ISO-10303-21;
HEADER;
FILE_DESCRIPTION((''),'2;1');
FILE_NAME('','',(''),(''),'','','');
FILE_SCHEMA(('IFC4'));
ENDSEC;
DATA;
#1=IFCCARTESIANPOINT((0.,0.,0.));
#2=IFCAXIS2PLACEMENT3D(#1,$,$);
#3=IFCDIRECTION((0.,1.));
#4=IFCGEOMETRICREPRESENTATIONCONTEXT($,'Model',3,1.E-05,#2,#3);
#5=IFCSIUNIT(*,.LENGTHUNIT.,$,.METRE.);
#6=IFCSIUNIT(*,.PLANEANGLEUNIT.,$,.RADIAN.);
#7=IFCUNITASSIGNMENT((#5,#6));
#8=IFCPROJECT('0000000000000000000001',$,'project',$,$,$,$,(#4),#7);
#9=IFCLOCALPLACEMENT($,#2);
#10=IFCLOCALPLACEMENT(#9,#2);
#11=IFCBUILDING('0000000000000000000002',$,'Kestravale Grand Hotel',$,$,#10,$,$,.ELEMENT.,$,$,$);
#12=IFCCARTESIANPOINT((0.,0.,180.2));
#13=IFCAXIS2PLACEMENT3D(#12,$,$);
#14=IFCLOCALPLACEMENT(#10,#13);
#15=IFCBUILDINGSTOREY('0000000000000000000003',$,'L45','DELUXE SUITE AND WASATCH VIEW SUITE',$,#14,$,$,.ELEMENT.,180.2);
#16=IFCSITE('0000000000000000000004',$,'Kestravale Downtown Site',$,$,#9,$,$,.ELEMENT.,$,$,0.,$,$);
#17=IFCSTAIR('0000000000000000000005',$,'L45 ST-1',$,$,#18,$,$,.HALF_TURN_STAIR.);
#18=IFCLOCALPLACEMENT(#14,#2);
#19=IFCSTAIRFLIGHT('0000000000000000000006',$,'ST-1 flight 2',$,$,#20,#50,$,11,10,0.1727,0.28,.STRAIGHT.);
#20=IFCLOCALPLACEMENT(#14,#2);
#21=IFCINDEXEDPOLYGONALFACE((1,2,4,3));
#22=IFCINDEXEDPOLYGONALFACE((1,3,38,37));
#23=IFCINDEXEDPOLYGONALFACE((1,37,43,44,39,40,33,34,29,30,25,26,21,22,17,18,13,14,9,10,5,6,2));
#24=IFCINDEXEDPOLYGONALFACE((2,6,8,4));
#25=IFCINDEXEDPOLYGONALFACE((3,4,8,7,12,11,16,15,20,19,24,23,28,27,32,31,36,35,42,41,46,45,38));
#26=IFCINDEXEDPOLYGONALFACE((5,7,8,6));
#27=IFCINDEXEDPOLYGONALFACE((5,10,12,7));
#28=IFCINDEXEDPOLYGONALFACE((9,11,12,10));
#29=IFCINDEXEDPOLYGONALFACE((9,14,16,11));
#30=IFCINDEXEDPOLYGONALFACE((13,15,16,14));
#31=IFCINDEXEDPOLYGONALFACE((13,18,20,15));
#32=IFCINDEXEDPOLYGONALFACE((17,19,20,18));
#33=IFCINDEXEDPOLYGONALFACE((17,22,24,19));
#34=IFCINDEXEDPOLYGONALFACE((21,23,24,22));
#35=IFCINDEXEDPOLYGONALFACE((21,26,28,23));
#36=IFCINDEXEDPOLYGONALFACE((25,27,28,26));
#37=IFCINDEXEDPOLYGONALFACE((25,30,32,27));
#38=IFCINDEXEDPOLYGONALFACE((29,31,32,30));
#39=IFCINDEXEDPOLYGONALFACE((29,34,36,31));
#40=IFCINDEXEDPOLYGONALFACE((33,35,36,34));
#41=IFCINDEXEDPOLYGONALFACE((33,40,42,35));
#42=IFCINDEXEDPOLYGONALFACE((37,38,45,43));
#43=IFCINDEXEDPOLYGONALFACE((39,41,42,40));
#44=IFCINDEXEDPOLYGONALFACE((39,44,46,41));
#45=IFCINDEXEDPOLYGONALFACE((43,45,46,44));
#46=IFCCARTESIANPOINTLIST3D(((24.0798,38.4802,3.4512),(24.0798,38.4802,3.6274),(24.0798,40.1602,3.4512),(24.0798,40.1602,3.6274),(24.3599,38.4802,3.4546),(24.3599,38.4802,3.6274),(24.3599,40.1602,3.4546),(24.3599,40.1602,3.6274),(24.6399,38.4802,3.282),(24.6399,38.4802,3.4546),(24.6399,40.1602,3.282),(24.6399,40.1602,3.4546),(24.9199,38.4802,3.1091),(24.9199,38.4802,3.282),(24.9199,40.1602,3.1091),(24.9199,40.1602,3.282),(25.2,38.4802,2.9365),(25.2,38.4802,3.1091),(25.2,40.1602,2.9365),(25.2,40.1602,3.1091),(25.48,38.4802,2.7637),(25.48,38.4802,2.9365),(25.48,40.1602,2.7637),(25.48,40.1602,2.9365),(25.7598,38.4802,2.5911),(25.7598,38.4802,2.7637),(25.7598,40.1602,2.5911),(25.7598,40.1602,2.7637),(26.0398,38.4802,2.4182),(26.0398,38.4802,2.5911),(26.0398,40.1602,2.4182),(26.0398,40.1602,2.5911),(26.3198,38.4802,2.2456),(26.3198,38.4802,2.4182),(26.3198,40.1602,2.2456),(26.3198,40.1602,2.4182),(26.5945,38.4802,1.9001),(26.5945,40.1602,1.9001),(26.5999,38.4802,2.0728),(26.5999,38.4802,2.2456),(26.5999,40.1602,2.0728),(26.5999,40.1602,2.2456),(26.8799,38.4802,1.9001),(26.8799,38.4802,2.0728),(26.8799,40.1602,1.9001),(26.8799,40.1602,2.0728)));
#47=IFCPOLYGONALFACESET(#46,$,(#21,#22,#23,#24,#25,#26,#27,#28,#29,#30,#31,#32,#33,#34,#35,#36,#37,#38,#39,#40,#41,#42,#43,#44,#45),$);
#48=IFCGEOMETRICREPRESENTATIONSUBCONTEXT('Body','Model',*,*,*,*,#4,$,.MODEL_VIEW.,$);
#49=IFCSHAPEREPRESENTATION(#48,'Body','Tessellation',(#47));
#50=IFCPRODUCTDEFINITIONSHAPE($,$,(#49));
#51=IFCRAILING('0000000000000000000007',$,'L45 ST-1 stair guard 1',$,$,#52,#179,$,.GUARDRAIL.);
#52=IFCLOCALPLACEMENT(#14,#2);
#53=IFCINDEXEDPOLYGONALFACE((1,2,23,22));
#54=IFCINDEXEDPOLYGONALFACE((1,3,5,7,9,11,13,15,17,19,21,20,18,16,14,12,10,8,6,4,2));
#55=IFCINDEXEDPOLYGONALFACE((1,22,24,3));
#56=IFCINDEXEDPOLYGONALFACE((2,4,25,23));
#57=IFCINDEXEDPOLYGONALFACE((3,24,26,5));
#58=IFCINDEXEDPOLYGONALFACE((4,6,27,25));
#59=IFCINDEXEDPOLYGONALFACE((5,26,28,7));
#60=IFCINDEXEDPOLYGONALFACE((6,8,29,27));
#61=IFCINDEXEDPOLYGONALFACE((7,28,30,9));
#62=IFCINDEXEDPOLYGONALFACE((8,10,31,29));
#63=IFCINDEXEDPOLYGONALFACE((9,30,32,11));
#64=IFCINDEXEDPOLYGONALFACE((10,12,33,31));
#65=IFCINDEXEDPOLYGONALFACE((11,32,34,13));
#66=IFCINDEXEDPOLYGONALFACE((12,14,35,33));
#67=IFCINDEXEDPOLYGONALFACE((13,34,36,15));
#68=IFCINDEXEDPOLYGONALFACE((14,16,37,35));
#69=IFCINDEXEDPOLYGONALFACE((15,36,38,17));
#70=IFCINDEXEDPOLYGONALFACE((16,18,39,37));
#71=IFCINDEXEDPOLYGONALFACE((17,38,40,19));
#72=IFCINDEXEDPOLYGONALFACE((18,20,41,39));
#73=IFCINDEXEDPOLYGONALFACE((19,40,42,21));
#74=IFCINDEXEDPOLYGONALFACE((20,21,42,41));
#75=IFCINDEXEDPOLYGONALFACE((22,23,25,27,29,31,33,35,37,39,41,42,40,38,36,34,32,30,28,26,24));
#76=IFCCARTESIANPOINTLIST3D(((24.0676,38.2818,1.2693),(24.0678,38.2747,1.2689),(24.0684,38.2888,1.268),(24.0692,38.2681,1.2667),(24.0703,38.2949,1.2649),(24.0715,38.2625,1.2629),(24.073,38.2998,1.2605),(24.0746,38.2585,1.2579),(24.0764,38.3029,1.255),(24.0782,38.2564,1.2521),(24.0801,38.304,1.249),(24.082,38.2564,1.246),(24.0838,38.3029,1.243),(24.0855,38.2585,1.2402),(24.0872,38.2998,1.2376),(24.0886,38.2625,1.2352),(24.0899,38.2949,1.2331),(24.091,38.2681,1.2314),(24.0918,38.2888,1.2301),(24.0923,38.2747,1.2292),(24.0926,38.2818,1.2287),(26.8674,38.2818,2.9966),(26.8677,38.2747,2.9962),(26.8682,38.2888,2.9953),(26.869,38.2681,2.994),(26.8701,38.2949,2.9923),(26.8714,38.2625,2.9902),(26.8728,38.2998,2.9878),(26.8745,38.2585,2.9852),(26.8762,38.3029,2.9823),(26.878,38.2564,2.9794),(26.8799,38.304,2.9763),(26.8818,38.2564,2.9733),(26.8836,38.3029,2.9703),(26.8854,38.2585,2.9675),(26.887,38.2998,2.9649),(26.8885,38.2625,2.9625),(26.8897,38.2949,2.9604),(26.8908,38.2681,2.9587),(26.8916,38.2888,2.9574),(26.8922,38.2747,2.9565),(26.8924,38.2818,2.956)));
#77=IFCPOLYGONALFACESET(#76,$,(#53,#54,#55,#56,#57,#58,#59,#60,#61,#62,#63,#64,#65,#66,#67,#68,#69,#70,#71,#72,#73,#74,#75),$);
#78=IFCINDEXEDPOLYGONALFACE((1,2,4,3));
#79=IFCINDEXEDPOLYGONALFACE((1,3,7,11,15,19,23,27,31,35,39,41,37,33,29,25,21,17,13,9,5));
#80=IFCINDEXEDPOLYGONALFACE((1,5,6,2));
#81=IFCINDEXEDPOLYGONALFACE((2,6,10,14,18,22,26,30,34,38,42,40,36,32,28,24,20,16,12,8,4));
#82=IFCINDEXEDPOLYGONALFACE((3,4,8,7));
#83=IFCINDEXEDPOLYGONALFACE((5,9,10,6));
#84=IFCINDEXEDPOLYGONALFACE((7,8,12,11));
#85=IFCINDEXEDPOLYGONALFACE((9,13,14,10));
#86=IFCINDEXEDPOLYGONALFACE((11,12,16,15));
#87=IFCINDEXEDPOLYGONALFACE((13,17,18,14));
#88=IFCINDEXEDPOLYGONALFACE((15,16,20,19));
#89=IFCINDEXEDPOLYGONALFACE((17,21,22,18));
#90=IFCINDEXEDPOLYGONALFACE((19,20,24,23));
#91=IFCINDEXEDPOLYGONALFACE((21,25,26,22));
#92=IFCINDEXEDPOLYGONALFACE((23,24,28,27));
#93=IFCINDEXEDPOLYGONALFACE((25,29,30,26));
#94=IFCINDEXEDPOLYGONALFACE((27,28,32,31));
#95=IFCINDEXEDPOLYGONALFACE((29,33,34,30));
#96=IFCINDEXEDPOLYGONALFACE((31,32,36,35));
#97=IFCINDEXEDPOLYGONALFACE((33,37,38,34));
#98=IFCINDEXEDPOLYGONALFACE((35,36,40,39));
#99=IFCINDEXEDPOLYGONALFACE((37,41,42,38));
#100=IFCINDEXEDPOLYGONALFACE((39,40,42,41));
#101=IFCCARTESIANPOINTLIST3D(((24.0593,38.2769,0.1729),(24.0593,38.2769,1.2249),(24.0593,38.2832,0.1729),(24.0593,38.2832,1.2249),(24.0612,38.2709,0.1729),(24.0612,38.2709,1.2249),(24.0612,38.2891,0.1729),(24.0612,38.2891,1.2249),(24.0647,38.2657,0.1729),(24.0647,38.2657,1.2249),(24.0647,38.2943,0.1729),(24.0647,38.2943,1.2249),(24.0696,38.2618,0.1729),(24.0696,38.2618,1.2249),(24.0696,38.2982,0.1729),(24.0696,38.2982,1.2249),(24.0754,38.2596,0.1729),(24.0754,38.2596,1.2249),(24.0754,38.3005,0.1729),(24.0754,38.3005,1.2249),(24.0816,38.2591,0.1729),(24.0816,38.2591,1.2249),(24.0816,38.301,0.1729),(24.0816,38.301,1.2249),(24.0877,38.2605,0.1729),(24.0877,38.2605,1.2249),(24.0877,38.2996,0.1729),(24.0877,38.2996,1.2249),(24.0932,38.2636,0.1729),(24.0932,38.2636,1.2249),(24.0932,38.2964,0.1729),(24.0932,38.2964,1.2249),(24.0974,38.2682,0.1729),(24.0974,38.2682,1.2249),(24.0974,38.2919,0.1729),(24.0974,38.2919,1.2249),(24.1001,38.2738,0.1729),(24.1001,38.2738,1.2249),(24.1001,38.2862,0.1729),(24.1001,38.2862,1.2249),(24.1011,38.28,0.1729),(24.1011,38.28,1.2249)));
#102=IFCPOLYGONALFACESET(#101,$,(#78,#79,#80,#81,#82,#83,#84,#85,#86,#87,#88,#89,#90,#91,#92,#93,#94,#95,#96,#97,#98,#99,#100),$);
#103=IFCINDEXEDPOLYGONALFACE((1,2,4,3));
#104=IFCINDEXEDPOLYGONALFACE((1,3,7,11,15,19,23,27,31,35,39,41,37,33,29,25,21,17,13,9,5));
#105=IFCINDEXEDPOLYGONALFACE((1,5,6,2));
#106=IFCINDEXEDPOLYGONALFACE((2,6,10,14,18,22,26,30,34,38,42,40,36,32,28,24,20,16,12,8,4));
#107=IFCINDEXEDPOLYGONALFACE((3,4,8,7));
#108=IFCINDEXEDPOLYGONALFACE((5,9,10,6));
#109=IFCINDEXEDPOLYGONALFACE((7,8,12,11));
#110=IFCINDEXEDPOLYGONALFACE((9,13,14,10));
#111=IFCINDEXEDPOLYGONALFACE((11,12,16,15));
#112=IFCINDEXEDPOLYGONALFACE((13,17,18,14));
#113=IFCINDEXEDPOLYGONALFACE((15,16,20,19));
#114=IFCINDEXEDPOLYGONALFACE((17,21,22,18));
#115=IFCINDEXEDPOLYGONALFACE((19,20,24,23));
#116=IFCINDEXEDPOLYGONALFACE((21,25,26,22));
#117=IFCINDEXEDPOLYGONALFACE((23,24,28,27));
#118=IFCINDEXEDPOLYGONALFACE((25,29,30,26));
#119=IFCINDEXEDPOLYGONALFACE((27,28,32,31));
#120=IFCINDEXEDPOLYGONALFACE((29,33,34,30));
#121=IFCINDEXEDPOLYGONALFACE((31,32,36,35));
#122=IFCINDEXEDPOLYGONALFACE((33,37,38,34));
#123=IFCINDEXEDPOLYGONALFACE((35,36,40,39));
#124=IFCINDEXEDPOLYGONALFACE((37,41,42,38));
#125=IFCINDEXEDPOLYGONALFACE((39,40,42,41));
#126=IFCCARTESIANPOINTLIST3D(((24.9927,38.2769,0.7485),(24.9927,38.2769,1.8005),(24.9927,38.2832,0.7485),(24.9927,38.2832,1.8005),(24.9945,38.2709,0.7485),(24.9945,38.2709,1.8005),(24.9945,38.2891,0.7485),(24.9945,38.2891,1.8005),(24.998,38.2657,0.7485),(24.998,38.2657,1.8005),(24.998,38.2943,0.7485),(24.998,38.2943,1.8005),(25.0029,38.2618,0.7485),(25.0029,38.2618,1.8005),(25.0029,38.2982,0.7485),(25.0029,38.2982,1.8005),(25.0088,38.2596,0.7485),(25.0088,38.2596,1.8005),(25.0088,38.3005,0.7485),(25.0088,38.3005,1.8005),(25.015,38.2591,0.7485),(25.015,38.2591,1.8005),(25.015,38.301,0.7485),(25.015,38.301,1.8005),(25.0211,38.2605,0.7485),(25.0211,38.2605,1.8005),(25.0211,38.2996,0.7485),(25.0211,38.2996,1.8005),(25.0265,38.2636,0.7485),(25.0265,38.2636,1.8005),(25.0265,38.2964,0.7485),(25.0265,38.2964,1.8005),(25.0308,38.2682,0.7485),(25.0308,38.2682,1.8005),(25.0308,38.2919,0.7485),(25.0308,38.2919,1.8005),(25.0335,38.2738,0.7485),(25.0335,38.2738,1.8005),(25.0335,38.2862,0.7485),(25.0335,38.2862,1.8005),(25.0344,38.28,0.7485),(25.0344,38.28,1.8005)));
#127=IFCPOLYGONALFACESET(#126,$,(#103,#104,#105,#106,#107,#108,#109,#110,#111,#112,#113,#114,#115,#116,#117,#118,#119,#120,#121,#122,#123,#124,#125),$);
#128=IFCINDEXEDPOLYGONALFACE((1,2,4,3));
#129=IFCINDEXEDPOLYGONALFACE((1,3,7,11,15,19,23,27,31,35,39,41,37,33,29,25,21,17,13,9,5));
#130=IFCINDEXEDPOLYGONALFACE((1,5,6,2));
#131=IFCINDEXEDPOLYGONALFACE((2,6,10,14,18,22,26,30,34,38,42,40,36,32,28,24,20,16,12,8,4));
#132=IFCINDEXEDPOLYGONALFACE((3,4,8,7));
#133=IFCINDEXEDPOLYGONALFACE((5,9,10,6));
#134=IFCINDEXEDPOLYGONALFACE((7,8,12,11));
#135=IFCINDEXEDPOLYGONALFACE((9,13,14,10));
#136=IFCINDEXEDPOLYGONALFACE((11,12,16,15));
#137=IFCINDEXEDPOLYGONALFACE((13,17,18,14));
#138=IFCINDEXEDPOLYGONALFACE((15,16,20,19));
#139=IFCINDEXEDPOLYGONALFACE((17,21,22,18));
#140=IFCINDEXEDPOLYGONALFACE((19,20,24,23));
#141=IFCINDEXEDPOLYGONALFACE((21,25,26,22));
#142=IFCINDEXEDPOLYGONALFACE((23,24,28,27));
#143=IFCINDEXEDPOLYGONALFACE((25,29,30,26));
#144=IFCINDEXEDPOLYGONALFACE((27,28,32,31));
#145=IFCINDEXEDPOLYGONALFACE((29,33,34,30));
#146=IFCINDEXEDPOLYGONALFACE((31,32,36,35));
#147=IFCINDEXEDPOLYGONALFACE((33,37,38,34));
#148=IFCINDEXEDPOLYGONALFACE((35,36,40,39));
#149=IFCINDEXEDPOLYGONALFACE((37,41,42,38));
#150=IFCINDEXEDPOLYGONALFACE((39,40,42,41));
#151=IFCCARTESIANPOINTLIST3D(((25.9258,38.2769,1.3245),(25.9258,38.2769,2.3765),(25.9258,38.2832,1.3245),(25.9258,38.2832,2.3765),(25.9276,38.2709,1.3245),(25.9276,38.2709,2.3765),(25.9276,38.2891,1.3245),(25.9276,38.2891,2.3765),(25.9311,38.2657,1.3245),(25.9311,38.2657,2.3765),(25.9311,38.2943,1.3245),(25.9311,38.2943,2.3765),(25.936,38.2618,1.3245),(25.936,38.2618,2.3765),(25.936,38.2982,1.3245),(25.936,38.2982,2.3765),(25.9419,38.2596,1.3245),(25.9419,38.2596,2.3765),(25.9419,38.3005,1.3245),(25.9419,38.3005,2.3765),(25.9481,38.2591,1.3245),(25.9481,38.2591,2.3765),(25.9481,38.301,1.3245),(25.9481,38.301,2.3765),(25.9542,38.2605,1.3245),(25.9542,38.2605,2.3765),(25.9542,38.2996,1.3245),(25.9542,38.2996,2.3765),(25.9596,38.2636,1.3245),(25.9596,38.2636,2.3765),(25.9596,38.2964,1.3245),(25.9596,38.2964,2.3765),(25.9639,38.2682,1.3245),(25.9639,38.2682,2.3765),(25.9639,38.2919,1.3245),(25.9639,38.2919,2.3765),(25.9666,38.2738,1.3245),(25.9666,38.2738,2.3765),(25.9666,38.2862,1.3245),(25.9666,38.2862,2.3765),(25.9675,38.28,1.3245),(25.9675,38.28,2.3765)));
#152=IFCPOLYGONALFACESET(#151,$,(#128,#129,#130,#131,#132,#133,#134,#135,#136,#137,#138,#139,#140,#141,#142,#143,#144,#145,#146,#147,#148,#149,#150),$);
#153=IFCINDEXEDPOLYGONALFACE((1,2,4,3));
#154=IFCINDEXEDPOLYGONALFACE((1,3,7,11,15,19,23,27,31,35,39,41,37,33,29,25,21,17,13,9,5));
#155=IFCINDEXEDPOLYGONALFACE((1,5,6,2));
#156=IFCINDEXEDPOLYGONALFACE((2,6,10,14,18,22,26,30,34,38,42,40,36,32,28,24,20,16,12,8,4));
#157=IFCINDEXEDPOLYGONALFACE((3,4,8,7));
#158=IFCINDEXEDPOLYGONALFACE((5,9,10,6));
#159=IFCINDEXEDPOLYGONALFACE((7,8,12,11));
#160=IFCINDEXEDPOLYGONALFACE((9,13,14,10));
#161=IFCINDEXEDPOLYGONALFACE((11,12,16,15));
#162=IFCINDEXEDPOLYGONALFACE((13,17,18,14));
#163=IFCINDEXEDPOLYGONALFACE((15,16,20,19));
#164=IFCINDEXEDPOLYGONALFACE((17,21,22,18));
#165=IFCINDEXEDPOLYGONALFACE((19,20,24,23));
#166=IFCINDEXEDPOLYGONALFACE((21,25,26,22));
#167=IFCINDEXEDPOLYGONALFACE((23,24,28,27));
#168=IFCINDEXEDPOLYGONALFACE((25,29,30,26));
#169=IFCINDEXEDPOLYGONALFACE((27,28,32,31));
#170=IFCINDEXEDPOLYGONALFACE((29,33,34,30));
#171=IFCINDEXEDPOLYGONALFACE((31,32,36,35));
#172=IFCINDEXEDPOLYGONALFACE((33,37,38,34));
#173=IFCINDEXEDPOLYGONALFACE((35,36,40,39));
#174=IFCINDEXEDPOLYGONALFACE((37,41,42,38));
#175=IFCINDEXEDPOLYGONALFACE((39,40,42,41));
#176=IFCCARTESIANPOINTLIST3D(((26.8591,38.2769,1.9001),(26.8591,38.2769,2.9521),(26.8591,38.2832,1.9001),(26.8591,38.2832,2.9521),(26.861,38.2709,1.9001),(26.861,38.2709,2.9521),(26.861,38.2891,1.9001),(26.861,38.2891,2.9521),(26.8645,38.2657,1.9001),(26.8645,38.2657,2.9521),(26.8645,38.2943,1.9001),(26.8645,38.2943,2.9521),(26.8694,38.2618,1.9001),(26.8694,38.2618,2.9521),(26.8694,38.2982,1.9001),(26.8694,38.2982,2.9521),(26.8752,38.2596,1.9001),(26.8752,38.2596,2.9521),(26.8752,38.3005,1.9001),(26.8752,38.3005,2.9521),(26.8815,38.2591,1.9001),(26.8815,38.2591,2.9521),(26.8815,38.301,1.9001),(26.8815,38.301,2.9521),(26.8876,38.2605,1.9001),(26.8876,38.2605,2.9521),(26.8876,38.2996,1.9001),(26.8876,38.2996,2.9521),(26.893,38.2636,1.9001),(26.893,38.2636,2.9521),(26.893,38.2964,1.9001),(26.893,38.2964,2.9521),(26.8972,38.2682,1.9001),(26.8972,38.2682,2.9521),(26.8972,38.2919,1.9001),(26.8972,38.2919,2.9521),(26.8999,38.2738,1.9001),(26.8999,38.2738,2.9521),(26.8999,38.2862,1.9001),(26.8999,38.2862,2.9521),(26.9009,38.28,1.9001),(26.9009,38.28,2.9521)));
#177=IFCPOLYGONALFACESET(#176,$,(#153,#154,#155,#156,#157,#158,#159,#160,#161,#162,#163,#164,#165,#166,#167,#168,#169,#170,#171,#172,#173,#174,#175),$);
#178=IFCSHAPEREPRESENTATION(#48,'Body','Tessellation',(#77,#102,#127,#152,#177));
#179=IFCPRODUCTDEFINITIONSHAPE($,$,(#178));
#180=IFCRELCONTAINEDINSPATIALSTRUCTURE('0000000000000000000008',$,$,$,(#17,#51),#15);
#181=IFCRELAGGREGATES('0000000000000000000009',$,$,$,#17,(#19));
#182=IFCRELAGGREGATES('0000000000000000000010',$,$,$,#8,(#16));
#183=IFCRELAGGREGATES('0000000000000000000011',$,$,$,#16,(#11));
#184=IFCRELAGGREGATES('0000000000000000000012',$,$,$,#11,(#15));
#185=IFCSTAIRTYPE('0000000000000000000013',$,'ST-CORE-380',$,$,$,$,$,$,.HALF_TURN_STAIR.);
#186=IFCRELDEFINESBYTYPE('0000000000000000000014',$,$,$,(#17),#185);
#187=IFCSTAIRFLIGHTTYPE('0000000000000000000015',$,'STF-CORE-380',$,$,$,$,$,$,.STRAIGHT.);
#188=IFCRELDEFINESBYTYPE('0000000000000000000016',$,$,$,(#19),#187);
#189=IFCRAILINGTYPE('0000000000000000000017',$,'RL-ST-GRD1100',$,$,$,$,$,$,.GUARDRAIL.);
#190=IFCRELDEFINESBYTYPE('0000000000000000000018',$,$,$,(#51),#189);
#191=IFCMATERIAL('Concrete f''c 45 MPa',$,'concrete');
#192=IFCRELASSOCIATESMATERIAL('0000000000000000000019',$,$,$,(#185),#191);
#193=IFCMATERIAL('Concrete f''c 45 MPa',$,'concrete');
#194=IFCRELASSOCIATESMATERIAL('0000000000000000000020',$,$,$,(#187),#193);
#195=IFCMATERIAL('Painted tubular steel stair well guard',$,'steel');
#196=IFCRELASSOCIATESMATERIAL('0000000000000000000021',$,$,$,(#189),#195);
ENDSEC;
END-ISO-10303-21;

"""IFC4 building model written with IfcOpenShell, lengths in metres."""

from ifc_helpers import new_model, si_unit, direction, frame, origin, origin_2d, place, context, subcontext, project, spatial, polyline, circle, outline, extrude, material, type_object, element, aggregate, save


model = new_model("IFC4")

# Units and contexts
model_context = context("Model", 3, precision=1e-05, world=origin(), true_north=direction((0.0, 1.0)))
body_context = subcontext(model_context, "Body", "Model", "MODEL_VIEW")
ifc_project = project(units=[si_unit("LENGTHUNIT", "METRE"), si_unit("PLANEANGLEUNIT", "RADIAN")], contexts=[model_context])

# Site, building, storey
site_placement = place(None, origin())
site = spatial("IfcSite", under=ifc_project, at=site_placement, Name="Kestravale Downtown Site", CompositionType="ELEMENT", RefElevation=0.0)
building_placement = place(site_placement, origin())
building = spatial("IfcBuilding", under=site, at=building_placement, Name="Kestravale Grand Hotel", CompositionType="ELEMENT")
storey_placement = place(building_placement, frame((0.0, 0.0, 180.2)))
storey = spatial("IfcBuildingStorey", under=building, at=storey_placement, Name="L45", Description="DELUXE SUITE AND WASATCH VIEW SUITE", CompositionType="ELEMENT", Elevation=180.2)

# Stair, stair flight
ifc_material_1 = material(Name="Concrete f'c 45 MPa", Category="concrete")
stair_type = type_object("IfcStairType", Name="ST-CORE-380", PredefinedType="HALF_TURN_STAIR", material=ifc_material_1)
stair_placement = place(storey_placement, origin())
stair = element("IfcStair", 1, at=stair_placement, inside=storey, type_object=stair_type, Name="L45 ST-1", PredefinedType="HALF_TURN_STAIR")
ifc_material_2 = material(Name="Concrete f'c 45 MPa", Category="concrete")
stair_flight_type = type_object("IfcStairFlightType", Name="STF-CORE-380", PredefinedType="STRAIGHT", material=ifc_material_2)
stair_flight_1_placement = place(storey_placement, frame((26.8799, 39.3201, 1.9001), z_axis=(0.0, 0.0, 1.0), x_axis=(-1.0, 0.0, 0.0)))
stair_flight_1 = element("IfcStairFlight", 2, at=stair_flight_1_placement, type_object=stair_flight_type, Name="ST-1 flight 2", NumberOfRisers=11, NumberOfTreads=10, PredefinedType="STRAIGHT", RiserHeight=0.1727, TreadLength=0.28, context=body_context, shape_type="SweptSolid", body=[
    extrude(outline(polyline([(0.0, 0.0), (0.0, 0.1726), (0.28, 0.1726), (0.28, 0.3455), (0.5601, 0.3455), (0.5601, 0.5181), (0.8401, 0.5181), (0.8401, 0.6909), (1.1201, 0.6909), (1.1201, 0.8635), (1.3999, 0.8635), (1.3999, 1.0364), (1.6799, 1.0364), (1.6799, 1.209), (1.96, 1.209), (1.96, 1.3818), (2.24, 1.3818), (2.24, 1.5544), (2.52, 1.5544), (2.52, 1.7273), (2.8, 1.7273), (2.8, 1.8999), (2.8, 1.551), (0.2854, 0.0), (0.0, 0.0)])), frame((0.0, 0.8398, 0.0), z_axis=(0.0, -1.0, 0.0), x_axis=(1.0, 0.0, 0.0)), (0.0, 0.0, 1.0), 1.6799),
])
aggregate(stair, [stair_flight_1])

# Railing
ifc_material_3 = material(Name="Painted tubular steel stair well guard", Category="steel")
railing_type_1 = type_object("IfcRailingType", Name="RL-ST-GRD1100", PredefinedType="GUARDRAIL", material=ifc_material_3)
railing_1_placement = place(storey_placement, frame((24.0801, 38.28, 0.1729)))
element("IfcRailing", 3, at=railing_1_placement, inside=storey, type_object=railing_type_1, Name="L45 ST-1 stair guard 1", PredefinedType="GUARDRAIL", context=body_context, shape_type="SweptSolid", body=[
    extrude(circle(Radius=0.0239, at=origin_2d()), frame((0.0, 0.0, 1.0762), z_axis=(0.851069, 0.0, 0.525054), x_axis=(0.0, 1.0, 0.0)), (0.0, 0.0, 1.0), 3.2898),
    extrude(circle(Radius=0.021, at=origin_2d()), origin(), (0.0, 0.0, 1.0), 1.052),
    extrude(circle(Radius=0.021, at=origin_2d()), frame((0.9333, 0.0, 0.5757)), (0.0, 0.0, 1.0), 1.052),
    extrude(circle(Radius=0.021, at=origin_2d()), frame((1.8665, 0.0, 1.1516)), (0.0, 0.0, 1.0), 1.052),
    extrude(circle(Radius=0.021, at=origin_2d()), frame((2.7998, 0.0, 1.7273)), (0.0, 0.0, 1.0), 1.052),
])

save(model, "model.ifc")
